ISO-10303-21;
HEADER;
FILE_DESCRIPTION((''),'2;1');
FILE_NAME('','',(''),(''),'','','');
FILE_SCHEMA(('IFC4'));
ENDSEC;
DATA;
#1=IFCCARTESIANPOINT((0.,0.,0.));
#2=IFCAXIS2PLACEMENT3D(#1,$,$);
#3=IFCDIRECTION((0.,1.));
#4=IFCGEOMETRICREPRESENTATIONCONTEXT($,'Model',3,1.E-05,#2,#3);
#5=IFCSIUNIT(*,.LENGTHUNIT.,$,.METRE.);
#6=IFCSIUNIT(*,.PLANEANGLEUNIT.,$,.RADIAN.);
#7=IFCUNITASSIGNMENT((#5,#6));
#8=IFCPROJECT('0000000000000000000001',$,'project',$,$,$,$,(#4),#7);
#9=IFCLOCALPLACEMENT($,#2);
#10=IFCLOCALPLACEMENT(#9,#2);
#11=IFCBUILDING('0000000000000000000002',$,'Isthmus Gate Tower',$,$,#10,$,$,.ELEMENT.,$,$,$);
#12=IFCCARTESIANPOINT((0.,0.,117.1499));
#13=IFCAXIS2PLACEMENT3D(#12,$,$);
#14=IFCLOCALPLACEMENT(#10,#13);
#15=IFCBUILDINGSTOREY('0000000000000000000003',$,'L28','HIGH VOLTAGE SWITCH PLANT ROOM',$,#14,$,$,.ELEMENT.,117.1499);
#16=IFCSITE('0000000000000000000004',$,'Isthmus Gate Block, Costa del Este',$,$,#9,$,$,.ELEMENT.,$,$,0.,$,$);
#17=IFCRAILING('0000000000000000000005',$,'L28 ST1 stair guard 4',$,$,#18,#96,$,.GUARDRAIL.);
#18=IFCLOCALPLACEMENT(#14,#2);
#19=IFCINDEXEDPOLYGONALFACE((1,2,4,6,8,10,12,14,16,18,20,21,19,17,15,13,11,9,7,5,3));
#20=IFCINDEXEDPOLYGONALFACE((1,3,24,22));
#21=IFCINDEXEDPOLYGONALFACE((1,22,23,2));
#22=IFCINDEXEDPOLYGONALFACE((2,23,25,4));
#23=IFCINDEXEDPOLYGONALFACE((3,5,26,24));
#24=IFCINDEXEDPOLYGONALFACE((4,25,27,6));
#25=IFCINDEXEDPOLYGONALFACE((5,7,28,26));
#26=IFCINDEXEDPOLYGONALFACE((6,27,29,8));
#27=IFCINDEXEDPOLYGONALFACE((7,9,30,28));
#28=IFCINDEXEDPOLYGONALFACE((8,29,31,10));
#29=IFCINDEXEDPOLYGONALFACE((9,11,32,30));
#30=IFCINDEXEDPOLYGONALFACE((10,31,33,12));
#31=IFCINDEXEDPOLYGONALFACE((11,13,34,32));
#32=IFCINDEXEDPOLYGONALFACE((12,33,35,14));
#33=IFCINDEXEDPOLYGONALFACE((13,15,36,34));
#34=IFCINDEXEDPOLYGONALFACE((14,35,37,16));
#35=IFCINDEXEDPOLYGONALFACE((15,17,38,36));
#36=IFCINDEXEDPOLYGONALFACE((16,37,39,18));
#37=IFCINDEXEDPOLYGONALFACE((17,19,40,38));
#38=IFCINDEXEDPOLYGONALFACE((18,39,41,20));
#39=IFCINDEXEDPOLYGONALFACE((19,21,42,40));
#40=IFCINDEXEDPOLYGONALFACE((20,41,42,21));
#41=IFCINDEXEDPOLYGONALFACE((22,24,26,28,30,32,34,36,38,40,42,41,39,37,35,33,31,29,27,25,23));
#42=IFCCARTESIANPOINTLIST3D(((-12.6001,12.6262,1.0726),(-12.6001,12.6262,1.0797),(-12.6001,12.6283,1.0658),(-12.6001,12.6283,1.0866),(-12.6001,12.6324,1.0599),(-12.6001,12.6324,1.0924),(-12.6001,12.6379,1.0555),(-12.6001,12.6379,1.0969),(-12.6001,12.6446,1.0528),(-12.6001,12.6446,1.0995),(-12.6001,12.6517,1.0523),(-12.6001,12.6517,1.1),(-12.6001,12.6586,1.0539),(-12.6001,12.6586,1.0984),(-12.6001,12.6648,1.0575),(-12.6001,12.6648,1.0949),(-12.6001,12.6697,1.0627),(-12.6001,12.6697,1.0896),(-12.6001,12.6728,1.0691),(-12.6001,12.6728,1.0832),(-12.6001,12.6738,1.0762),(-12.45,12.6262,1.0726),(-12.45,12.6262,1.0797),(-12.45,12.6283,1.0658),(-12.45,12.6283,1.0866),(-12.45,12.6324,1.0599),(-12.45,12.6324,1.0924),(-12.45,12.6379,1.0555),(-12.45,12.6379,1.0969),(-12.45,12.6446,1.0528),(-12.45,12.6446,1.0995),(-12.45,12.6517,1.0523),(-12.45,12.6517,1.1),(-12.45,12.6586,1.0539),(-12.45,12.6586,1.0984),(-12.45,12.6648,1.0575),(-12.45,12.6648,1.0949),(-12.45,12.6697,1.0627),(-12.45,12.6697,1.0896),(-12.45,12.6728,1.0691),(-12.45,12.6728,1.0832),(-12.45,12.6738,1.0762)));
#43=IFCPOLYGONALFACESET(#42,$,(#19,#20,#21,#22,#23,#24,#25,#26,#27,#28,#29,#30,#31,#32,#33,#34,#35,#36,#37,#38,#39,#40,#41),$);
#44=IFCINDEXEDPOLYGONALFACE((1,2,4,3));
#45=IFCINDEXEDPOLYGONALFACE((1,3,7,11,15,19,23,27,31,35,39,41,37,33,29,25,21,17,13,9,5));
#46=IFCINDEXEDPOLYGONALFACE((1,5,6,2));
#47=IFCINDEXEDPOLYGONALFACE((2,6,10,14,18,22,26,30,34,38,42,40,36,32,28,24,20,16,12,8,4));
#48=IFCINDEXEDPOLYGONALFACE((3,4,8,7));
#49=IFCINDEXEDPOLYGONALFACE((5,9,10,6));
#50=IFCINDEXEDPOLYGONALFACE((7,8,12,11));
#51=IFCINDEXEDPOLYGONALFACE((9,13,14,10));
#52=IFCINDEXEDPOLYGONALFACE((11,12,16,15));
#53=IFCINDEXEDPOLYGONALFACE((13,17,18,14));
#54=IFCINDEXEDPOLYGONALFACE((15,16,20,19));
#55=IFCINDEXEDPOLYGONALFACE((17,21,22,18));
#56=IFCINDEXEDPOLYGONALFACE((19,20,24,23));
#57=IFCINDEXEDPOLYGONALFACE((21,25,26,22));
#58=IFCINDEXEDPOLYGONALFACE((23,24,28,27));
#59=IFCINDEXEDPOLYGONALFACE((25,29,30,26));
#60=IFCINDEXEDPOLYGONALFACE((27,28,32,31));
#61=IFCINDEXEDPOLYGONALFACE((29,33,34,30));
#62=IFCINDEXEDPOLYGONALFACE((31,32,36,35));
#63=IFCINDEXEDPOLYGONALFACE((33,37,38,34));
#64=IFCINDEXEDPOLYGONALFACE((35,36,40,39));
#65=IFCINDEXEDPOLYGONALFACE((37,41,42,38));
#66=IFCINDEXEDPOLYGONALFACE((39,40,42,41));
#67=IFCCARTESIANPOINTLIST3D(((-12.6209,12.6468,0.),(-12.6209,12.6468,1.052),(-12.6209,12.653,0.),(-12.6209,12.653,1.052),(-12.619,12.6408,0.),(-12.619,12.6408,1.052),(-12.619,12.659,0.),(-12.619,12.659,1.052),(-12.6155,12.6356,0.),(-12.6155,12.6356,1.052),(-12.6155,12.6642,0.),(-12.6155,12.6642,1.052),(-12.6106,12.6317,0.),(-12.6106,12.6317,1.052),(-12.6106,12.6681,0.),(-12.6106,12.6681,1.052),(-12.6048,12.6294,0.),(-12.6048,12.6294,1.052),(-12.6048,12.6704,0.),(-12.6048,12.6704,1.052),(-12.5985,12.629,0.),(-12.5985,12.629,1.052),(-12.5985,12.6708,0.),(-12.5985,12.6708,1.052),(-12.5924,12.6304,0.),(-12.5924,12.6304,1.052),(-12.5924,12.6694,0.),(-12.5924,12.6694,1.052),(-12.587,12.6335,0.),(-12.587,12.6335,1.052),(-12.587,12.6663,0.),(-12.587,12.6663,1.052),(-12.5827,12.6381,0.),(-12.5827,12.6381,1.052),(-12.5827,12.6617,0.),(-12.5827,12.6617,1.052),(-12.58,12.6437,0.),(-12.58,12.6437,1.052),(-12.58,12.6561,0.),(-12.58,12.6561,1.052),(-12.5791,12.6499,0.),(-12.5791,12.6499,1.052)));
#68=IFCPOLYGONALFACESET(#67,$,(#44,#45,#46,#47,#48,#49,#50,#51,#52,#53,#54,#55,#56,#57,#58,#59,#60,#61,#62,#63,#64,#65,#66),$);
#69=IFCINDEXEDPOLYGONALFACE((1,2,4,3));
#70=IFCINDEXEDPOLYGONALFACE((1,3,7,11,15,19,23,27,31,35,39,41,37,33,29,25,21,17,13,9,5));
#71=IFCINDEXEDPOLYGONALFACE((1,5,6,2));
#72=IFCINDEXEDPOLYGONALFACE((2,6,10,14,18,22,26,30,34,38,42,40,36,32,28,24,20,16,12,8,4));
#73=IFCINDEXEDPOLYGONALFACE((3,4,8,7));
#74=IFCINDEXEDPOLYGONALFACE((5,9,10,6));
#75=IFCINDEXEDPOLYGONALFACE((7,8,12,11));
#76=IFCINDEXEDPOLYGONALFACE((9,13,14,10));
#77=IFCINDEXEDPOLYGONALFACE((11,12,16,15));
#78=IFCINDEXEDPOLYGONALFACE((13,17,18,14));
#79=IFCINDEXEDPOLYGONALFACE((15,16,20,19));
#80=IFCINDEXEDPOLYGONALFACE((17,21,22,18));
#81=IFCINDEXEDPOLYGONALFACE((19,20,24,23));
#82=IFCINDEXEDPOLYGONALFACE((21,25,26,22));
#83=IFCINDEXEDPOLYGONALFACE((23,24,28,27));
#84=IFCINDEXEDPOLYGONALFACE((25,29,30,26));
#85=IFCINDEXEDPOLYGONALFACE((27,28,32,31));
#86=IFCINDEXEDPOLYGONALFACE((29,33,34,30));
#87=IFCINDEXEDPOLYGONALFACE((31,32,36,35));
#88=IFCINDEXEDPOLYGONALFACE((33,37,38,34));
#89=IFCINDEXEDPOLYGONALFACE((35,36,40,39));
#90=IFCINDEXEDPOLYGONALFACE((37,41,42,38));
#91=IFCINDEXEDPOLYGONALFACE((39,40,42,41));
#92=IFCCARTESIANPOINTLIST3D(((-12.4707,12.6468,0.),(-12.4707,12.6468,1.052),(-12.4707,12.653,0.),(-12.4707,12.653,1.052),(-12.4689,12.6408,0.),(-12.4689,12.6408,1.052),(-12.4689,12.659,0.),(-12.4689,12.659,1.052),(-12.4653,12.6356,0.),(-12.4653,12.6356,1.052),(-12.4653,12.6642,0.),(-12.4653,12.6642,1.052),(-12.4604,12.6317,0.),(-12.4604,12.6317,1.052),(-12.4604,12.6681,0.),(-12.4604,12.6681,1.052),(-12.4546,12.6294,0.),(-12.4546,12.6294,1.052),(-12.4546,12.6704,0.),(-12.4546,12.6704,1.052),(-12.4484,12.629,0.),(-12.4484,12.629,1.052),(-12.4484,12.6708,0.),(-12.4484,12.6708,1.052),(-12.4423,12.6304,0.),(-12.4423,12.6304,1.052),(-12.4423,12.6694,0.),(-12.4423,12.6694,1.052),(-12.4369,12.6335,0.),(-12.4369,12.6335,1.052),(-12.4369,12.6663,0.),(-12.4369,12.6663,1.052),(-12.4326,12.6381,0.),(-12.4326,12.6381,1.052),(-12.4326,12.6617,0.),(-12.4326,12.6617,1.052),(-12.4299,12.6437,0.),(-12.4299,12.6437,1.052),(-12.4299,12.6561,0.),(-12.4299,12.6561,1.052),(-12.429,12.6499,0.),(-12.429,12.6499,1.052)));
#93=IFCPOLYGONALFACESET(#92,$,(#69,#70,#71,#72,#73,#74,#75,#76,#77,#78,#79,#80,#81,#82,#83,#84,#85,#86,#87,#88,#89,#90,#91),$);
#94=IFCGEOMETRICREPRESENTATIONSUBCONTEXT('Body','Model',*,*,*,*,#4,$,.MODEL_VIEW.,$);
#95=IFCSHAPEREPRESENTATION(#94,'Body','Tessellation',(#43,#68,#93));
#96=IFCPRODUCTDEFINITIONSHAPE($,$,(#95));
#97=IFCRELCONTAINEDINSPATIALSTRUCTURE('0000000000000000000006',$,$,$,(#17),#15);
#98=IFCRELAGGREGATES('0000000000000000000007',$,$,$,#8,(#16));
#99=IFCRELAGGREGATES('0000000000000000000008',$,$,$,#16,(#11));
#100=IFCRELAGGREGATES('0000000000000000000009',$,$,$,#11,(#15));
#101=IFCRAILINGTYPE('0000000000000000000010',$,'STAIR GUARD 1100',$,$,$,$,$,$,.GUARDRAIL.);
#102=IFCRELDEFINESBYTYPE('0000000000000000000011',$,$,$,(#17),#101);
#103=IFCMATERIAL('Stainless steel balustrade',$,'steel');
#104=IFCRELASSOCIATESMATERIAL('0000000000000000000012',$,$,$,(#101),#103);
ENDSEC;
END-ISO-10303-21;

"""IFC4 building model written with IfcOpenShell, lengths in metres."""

from ifc_helpers import new_model, si_unit, direction, frame, origin, origin_2d, place, context, subcontext, project, spatial, circle, extrude, material, type_object, element, save


model = new_model("IFC4")

# Units and contexts
model_context = context("Model", 3, precision=1e-05, world=origin(), true_north=direction((0.0, 1.0)))
body_context = subcontext(model_context, "Body", "Model", "MODEL_VIEW")
ifc_project = project(units=[si_unit("LENGTHUNIT", "METRE"), si_unit("PLANEANGLEUNIT", "RADIAN")], contexts=[model_context])

# Site, building, storey
site_placement = place(None, origin())
site = spatial("IfcSite", under=ifc_project, at=site_placement, Name="Isthmus Gate Block, Costa del Este", CompositionType="ELEMENT", RefElevation=0.0)
building_placement = place(site_placement, origin())
building = spatial("IfcBuilding", under=site, at=building_placement, Name="Isthmus Gate Tower", CompositionType="ELEMENT")
storey_placement = place(building_placement, frame((0.0, 0.0, 117.1499)))
storey = spatial("IfcBuildingStorey", under=building, at=storey_placement, Name="L28", Description="HIGH VOLTAGE SWITCH PLANT ROOM", CompositionType="ELEMENT", Elevation=117.1499)

# Railing
ifc_material_1 = material(Name="Stainless steel balustrade", Category="steel")
railing_type_1 = type_object("IfcRailingType", Name="STAIR GUARD 1100", PredefinedType="GUARDRAIL", material=ifc_material_1)
railing_1_placement = place(storey_placement, frame((-12.6001, 12.6499, 0.0)))
element("IfcRailing", 1, at=railing_1_placement, inside=storey, type_object=railing_type_1, Name="L28 ST1 stair guard 4", PredefinedType="GUARDRAIL", context=body_context, shape_type="SweptSolid", body=[
    extrude(circle(Radius=0.0239, at=origin_2d()), frame((0.0, 0.0, 1.0762), z_axis=(1.0, 0.0, 0.0), x_axis=(0.0, 1.0, 0.0)), (0.0, 0.0, 1.0), 0.1501),
    extrude(circle(Radius=0.021, at=origin_2d()), origin(), (0.0, 0.0, 1.0), 1.052),
    extrude(circle(Radius=0.021, at=origin_2d()), frame((0.1501, 0.0, 0.0)), (0.0, 0.0, 1.0), 1.052),
])

save(model, "model.ifc")
